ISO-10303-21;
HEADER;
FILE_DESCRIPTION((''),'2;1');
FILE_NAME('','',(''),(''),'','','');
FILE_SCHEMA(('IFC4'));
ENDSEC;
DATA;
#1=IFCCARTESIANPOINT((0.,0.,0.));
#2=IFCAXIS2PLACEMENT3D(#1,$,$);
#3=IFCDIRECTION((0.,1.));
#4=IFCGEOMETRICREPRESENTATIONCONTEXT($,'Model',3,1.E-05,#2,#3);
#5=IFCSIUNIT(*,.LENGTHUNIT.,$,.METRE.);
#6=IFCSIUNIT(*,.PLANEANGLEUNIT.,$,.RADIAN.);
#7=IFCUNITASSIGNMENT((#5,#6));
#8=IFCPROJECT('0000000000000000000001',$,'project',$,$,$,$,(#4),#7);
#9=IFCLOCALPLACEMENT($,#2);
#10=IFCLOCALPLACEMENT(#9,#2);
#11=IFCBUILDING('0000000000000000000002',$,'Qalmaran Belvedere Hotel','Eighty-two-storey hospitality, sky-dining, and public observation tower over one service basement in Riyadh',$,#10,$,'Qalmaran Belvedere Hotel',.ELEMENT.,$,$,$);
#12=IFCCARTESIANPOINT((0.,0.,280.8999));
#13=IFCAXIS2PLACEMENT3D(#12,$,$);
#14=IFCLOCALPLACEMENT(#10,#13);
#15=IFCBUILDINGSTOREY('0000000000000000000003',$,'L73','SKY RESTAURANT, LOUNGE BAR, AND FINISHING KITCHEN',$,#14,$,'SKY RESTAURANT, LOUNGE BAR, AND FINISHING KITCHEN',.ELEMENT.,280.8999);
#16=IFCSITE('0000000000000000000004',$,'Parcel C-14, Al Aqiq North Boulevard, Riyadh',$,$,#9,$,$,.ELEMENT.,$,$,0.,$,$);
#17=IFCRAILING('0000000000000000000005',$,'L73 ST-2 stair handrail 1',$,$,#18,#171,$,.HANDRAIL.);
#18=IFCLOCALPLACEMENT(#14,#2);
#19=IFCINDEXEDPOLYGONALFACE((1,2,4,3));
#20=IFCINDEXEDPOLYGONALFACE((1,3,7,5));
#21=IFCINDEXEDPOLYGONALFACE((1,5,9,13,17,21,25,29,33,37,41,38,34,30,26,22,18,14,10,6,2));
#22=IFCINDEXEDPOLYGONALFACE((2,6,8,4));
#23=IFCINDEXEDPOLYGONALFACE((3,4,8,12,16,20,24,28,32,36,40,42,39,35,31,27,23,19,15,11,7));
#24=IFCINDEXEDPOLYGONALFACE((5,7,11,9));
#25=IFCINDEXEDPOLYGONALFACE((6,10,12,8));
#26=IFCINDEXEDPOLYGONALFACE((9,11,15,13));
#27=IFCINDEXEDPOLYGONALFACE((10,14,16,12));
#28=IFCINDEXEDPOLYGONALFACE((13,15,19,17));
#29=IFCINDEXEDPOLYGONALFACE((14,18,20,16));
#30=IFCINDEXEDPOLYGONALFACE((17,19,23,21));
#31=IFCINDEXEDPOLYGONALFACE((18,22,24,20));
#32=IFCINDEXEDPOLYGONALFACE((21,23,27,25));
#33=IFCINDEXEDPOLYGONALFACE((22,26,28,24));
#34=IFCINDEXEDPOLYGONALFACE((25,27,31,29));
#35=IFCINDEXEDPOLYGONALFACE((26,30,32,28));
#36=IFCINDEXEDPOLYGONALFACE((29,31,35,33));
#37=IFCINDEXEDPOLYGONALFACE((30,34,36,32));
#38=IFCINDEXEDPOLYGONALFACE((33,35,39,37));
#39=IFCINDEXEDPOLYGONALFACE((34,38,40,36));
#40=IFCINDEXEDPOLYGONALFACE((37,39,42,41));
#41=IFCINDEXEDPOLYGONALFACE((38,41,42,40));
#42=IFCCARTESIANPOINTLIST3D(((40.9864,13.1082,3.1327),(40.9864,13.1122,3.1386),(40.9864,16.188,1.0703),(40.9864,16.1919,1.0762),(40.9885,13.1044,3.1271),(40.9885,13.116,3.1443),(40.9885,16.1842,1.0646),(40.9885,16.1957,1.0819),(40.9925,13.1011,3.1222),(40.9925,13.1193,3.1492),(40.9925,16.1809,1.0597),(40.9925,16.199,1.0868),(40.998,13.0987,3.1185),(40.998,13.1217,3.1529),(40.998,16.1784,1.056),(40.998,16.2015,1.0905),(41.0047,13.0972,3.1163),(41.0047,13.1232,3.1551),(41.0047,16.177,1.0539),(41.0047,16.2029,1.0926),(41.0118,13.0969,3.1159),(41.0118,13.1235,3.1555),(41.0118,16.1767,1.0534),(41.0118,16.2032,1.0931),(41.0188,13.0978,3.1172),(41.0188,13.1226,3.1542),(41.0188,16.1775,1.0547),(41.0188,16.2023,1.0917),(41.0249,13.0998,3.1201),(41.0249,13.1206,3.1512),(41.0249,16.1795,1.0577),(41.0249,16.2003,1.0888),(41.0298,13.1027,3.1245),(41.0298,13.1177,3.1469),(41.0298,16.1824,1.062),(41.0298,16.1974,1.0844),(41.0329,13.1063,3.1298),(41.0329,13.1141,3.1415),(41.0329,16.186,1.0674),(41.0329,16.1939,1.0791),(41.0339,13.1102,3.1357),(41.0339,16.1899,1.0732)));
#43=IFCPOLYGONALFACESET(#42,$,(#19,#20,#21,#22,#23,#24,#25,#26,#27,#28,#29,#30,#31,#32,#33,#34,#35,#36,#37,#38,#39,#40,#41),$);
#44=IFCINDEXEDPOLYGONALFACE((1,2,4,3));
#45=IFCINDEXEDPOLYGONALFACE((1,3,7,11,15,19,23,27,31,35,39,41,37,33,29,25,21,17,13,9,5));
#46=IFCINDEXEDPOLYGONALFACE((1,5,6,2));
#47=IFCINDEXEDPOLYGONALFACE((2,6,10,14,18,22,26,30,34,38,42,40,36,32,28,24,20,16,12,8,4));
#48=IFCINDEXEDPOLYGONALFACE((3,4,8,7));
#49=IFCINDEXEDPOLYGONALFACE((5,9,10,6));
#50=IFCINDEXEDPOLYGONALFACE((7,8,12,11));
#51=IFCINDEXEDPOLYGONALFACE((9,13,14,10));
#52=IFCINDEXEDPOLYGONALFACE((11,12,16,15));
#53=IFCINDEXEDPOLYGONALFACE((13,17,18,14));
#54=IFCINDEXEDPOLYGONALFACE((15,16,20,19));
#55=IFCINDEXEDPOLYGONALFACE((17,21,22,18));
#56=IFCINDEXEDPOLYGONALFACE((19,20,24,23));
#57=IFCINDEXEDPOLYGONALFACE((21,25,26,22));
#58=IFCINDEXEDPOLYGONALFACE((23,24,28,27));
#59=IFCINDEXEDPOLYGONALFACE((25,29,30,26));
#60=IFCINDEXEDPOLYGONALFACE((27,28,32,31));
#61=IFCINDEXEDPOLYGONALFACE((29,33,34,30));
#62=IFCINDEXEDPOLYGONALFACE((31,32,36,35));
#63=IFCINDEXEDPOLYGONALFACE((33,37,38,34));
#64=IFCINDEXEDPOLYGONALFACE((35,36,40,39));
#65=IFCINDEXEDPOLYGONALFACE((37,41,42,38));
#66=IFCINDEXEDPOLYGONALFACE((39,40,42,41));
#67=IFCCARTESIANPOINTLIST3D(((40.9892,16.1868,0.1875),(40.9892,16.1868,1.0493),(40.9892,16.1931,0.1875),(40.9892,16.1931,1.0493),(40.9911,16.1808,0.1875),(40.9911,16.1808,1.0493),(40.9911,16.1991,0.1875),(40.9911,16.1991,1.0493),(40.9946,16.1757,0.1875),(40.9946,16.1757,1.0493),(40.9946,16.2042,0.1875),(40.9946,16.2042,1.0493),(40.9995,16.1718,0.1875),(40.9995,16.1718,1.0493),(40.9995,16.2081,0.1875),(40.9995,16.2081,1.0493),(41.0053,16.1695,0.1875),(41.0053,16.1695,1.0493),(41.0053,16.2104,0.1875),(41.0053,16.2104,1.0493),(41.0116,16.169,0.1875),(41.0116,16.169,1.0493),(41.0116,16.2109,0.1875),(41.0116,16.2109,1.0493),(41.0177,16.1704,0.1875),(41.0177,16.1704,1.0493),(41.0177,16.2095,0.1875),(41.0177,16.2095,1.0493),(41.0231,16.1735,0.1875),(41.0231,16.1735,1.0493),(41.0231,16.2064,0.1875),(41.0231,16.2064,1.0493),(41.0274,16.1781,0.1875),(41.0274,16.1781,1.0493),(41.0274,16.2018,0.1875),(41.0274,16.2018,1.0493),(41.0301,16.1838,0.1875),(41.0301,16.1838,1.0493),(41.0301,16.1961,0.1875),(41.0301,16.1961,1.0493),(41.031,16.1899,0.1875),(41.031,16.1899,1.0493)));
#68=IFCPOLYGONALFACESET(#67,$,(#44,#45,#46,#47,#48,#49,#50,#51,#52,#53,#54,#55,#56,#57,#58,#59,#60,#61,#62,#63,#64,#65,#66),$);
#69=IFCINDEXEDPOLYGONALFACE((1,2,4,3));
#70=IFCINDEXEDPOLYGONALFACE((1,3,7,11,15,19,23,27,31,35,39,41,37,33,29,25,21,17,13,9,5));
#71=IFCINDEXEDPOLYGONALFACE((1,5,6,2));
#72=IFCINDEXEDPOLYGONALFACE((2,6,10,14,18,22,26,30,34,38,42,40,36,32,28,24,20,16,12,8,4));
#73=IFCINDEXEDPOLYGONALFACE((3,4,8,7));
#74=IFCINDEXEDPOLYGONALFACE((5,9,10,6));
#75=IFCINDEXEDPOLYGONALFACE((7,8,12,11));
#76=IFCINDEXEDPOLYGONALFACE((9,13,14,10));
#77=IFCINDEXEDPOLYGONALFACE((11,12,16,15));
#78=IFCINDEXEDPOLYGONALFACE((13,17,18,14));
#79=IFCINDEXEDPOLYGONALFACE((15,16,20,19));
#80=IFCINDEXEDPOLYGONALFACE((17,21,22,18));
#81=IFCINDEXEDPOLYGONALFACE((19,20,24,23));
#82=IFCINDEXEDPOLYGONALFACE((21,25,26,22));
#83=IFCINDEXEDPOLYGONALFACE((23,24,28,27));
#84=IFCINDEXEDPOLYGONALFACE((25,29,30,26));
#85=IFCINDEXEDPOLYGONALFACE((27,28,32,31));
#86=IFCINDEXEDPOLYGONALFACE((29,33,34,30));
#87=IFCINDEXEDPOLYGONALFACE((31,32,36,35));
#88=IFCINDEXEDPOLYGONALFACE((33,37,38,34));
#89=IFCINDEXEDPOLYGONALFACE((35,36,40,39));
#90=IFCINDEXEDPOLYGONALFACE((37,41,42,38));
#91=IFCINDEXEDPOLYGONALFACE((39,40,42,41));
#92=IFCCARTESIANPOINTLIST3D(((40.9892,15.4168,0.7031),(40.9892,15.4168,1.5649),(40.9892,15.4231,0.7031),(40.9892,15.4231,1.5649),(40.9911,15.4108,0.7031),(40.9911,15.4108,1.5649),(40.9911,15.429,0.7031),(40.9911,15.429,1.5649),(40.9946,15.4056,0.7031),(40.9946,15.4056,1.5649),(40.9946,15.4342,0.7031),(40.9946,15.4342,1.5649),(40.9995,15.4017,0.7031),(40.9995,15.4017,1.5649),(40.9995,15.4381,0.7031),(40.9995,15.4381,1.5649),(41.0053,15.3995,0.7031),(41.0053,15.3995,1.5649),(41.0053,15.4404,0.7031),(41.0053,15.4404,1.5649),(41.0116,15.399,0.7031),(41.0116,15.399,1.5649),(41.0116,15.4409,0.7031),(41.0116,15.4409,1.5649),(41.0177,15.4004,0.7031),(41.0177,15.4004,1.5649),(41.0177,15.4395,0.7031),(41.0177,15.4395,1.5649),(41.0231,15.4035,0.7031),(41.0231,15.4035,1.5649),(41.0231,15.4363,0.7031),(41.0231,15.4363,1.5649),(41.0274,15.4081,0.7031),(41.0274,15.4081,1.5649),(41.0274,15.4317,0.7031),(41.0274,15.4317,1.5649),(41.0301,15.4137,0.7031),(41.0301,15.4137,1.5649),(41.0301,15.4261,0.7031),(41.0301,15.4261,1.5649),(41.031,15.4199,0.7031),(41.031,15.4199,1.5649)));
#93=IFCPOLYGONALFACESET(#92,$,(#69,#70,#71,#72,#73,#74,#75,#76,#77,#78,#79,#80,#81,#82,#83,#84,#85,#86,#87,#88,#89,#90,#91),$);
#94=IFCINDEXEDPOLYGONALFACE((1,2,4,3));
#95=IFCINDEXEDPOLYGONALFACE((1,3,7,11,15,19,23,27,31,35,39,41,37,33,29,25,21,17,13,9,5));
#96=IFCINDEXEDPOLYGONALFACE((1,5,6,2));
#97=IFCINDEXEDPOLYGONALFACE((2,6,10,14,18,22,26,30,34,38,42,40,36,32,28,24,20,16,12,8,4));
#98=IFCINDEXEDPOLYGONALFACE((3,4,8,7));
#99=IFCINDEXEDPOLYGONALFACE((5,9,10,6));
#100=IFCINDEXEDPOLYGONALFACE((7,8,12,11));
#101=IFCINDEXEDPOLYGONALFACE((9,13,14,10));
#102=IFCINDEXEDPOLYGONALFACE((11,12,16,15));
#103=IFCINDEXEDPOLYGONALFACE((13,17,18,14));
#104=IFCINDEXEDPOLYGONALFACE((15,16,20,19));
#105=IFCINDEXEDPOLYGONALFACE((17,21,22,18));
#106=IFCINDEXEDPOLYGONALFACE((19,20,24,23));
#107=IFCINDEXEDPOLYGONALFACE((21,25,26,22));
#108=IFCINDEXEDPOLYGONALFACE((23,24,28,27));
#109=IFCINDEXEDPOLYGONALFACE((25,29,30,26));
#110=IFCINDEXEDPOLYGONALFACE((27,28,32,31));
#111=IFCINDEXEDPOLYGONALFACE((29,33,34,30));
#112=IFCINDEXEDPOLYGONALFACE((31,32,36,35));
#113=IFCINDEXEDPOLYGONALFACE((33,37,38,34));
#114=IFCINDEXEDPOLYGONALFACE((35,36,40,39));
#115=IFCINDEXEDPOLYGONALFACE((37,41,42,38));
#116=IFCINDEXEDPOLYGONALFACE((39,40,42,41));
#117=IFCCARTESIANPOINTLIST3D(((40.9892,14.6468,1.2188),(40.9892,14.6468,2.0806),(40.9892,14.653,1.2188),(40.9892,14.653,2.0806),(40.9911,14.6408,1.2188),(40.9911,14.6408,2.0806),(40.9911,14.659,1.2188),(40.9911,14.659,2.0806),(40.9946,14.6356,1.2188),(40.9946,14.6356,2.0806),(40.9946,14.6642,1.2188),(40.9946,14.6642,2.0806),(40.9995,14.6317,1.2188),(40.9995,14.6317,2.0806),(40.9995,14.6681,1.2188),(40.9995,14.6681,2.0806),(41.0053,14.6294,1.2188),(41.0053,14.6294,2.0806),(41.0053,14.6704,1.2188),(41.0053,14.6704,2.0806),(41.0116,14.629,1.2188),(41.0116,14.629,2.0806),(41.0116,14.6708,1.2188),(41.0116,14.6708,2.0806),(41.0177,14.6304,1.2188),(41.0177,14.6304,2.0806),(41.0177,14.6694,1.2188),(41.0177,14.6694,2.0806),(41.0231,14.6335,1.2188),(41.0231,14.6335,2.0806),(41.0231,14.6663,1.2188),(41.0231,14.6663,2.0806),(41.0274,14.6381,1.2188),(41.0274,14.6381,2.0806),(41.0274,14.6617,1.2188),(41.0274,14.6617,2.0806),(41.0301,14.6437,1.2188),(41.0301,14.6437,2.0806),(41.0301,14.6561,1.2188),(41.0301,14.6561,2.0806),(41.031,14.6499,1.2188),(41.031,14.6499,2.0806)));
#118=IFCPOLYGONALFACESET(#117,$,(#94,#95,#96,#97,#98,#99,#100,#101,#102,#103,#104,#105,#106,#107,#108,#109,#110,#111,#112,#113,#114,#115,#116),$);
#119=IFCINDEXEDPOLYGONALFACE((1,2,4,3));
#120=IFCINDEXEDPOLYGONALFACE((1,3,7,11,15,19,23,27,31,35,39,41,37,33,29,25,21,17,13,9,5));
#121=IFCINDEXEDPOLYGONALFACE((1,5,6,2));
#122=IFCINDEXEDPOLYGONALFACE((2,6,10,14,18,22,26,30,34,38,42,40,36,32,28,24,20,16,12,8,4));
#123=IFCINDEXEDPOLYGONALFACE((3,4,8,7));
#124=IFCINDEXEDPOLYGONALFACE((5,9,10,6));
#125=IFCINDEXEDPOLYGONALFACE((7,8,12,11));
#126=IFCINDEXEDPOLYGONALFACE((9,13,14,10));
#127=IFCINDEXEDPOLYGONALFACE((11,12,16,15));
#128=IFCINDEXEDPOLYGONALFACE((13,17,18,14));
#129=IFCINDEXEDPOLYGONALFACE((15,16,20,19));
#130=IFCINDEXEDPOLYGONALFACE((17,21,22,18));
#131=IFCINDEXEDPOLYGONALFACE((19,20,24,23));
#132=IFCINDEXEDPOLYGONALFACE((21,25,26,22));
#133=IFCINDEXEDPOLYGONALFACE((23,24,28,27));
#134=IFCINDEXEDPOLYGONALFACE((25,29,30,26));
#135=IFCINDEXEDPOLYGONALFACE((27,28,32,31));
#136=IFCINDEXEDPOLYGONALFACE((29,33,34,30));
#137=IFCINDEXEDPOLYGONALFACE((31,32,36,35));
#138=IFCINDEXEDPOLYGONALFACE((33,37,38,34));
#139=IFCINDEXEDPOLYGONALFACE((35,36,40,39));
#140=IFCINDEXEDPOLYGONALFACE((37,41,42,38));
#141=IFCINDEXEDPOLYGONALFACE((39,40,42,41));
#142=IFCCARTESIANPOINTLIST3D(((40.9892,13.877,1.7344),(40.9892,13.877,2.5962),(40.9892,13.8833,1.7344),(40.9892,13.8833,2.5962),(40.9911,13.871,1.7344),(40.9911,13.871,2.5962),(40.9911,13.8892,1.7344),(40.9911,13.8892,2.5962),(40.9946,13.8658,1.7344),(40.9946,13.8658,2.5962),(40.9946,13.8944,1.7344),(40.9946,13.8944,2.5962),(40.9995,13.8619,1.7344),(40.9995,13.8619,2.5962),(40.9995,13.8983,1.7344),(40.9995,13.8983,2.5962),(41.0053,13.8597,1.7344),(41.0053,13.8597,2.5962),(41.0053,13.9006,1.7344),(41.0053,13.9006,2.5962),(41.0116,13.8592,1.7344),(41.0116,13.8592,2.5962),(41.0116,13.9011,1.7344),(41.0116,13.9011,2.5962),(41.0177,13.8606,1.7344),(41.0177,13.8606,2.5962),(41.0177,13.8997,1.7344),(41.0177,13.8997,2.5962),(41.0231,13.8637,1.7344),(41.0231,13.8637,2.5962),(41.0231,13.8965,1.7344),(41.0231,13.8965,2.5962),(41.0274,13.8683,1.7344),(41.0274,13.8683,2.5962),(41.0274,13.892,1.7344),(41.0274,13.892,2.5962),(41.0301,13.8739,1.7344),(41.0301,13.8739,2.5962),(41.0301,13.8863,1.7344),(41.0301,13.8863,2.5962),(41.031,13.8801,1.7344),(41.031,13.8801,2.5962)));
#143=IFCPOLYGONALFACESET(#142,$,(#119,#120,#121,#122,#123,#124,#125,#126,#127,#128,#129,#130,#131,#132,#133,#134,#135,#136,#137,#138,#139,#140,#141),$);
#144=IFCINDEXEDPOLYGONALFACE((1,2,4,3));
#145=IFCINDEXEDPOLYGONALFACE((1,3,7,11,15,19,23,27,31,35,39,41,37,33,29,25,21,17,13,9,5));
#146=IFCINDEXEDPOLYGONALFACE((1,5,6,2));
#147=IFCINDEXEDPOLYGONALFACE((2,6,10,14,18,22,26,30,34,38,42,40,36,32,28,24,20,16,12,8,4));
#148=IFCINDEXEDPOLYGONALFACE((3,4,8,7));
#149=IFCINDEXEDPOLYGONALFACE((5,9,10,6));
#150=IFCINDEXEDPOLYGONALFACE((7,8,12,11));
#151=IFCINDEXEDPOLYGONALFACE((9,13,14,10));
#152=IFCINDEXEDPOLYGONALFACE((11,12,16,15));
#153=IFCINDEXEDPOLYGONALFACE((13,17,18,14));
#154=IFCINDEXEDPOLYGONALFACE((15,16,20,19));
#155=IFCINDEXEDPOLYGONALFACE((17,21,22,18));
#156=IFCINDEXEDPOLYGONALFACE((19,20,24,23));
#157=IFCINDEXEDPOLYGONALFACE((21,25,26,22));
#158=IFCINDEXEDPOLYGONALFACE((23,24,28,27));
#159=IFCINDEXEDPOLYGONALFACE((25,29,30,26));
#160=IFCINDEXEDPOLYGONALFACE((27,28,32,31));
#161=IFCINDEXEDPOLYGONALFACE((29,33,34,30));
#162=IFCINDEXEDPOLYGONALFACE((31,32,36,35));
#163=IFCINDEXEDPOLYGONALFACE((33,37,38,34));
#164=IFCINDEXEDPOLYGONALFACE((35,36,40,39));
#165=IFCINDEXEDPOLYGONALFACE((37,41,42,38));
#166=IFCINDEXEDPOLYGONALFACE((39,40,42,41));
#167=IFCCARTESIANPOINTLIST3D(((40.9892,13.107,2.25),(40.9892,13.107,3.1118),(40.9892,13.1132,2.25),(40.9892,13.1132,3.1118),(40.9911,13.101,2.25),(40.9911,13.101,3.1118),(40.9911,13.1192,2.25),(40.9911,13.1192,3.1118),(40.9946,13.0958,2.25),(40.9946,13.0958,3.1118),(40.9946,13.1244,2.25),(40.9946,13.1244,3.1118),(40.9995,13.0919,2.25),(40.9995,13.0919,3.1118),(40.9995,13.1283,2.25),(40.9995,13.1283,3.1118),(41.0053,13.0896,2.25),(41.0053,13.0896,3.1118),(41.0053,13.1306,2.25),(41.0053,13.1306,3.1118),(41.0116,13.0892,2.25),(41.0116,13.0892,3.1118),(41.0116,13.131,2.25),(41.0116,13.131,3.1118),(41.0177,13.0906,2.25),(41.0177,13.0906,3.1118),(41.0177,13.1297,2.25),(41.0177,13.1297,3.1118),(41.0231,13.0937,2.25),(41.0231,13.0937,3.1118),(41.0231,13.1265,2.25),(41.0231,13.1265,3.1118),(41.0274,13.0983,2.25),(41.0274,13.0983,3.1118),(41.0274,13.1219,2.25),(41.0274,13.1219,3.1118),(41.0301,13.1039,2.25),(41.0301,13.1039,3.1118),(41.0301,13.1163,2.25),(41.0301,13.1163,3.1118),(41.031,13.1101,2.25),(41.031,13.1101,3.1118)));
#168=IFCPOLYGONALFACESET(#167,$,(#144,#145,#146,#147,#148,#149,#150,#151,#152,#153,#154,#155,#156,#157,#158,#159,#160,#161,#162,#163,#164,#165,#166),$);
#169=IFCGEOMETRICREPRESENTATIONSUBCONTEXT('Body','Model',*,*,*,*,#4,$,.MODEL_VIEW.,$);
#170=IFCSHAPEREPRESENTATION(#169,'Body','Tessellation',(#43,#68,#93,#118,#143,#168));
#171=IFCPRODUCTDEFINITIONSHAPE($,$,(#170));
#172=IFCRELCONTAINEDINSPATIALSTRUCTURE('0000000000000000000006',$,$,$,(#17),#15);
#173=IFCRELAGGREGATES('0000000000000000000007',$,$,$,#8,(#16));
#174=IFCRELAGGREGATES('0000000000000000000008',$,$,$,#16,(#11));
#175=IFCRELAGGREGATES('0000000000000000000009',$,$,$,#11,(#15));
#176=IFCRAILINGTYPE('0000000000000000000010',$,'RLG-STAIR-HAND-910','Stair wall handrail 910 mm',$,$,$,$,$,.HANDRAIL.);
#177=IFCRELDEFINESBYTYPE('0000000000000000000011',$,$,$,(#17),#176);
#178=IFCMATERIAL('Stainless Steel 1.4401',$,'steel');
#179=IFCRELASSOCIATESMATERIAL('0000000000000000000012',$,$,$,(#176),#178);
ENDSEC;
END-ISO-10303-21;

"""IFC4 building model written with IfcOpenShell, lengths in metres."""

from ifc_helpers import new_model, si_unit, direction, frame, origin, origin_2d, place, context, subcontext, project, spatial, circle, extrude, material, type_object, element, save


model = new_model("IFC4")

# Units and contexts
model_context = context("Model", 3, precision=1e-05, world=origin(), true_north=direction((0.0, 1.0)))
body_context = subcontext(model_context, "Body", "Model", "MODEL_VIEW")
ifc_project = project(units=[si_unit("LENGTHUNIT", "METRE"), si_unit("PLANEANGLEUNIT", "RADIAN")], contexts=[model_context])

# Site, building, storey
site_placement = place(None, origin())
site = spatial("IfcSite", under=ifc_project, at=site_placement, Name="Parcel C-14, Al Aqiq North Boulevard, Riyadh", CompositionType="ELEMENT", RefElevation=0.0)
building_placement = place(site_placement, origin())
building = spatial("IfcBuilding", under=site, at=building_placement, Name="Qalmaran Belvedere Hotel", Description="Eighty-two-storey hospitality, sky-dining, and public observation tower over one service basement in Riyadh", LongName="Qalmaran Belvedere Hotel", CompositionType="ELEMENT")
storey_placement = place(building_placement, frame((0.0, 0.0, 280.8999)))
storey = spatial("IfcBuildingStorey", under=building, at=storey_placement, Name="L73", Description="SKY RESTAURANT, LOUNGE BAR, AND FINISHING KITCHEN", LongName="SKY RESTAURANT, LOUNGE BAR, AND FINISHING KITCHEN", CompositionType="ELEMENT", Elevation=280.8999)

# Railing
ifc_material_1 = material(Name="Stainless Steel 1.4401", Category="steel")
railing_type_1 = type_object("IfcRailingType", Name="RLG-STAIR-HAND-910", Description="Stair wall handrail 910 mm", PredefinedType="HANDRAIL", material=ifc_material_1)
railing_1_placement = place(storey_placement, frame((41.01, 16.1899, 0.1875)))
element("IfcRailing", 1, at=railing_1_placement, inside=storey, type_object=railing_type_1, Name="L73 ST-2 stair handrail 1", PredefinedType="HANDRAIL", context=body_context, shape_type="SweptSolid", body=[
    extrude(circle(Radius=0.0239, at=origin_2d()), frame((0.0, 0.0, 0.8857), z_axis=(0.0, -0.830893, 0.556432), x_axis=(1.0, 0.0, 0.0)), (0.0, 0.0, 1.0), 3.7065),
    extrude(circle(Radius=0.021, at=origin_2d()), origin(), (0.0, 0.0, 1.0), 0.8618),
    extrude(circle(Radius=0.021, at=origin_2d()), frame((0.0, -0.77, 0.5156)), (0.0, 0.0, 1.0), 0.8618),
    extrude(circle(Radius=0.021, at=origin_2d()), frame((0.0, -1.54, 1.0312)), (0.0, 0.0, 1.0), 0.8618),
    extrude(circle(Radius=0.021, at=origin_2d()), frame((0.0, -2.3098, 1.5469)), (0.0, 0.0, 1.0), 0.8618),
    extrude(circle(Radius=0.021, at=origin_2d()), frame((0.0, -3.0798, 2.0625)), (0.0, 0.0, 1.0), 0.8618),
])

save(model, "model.ifc")
